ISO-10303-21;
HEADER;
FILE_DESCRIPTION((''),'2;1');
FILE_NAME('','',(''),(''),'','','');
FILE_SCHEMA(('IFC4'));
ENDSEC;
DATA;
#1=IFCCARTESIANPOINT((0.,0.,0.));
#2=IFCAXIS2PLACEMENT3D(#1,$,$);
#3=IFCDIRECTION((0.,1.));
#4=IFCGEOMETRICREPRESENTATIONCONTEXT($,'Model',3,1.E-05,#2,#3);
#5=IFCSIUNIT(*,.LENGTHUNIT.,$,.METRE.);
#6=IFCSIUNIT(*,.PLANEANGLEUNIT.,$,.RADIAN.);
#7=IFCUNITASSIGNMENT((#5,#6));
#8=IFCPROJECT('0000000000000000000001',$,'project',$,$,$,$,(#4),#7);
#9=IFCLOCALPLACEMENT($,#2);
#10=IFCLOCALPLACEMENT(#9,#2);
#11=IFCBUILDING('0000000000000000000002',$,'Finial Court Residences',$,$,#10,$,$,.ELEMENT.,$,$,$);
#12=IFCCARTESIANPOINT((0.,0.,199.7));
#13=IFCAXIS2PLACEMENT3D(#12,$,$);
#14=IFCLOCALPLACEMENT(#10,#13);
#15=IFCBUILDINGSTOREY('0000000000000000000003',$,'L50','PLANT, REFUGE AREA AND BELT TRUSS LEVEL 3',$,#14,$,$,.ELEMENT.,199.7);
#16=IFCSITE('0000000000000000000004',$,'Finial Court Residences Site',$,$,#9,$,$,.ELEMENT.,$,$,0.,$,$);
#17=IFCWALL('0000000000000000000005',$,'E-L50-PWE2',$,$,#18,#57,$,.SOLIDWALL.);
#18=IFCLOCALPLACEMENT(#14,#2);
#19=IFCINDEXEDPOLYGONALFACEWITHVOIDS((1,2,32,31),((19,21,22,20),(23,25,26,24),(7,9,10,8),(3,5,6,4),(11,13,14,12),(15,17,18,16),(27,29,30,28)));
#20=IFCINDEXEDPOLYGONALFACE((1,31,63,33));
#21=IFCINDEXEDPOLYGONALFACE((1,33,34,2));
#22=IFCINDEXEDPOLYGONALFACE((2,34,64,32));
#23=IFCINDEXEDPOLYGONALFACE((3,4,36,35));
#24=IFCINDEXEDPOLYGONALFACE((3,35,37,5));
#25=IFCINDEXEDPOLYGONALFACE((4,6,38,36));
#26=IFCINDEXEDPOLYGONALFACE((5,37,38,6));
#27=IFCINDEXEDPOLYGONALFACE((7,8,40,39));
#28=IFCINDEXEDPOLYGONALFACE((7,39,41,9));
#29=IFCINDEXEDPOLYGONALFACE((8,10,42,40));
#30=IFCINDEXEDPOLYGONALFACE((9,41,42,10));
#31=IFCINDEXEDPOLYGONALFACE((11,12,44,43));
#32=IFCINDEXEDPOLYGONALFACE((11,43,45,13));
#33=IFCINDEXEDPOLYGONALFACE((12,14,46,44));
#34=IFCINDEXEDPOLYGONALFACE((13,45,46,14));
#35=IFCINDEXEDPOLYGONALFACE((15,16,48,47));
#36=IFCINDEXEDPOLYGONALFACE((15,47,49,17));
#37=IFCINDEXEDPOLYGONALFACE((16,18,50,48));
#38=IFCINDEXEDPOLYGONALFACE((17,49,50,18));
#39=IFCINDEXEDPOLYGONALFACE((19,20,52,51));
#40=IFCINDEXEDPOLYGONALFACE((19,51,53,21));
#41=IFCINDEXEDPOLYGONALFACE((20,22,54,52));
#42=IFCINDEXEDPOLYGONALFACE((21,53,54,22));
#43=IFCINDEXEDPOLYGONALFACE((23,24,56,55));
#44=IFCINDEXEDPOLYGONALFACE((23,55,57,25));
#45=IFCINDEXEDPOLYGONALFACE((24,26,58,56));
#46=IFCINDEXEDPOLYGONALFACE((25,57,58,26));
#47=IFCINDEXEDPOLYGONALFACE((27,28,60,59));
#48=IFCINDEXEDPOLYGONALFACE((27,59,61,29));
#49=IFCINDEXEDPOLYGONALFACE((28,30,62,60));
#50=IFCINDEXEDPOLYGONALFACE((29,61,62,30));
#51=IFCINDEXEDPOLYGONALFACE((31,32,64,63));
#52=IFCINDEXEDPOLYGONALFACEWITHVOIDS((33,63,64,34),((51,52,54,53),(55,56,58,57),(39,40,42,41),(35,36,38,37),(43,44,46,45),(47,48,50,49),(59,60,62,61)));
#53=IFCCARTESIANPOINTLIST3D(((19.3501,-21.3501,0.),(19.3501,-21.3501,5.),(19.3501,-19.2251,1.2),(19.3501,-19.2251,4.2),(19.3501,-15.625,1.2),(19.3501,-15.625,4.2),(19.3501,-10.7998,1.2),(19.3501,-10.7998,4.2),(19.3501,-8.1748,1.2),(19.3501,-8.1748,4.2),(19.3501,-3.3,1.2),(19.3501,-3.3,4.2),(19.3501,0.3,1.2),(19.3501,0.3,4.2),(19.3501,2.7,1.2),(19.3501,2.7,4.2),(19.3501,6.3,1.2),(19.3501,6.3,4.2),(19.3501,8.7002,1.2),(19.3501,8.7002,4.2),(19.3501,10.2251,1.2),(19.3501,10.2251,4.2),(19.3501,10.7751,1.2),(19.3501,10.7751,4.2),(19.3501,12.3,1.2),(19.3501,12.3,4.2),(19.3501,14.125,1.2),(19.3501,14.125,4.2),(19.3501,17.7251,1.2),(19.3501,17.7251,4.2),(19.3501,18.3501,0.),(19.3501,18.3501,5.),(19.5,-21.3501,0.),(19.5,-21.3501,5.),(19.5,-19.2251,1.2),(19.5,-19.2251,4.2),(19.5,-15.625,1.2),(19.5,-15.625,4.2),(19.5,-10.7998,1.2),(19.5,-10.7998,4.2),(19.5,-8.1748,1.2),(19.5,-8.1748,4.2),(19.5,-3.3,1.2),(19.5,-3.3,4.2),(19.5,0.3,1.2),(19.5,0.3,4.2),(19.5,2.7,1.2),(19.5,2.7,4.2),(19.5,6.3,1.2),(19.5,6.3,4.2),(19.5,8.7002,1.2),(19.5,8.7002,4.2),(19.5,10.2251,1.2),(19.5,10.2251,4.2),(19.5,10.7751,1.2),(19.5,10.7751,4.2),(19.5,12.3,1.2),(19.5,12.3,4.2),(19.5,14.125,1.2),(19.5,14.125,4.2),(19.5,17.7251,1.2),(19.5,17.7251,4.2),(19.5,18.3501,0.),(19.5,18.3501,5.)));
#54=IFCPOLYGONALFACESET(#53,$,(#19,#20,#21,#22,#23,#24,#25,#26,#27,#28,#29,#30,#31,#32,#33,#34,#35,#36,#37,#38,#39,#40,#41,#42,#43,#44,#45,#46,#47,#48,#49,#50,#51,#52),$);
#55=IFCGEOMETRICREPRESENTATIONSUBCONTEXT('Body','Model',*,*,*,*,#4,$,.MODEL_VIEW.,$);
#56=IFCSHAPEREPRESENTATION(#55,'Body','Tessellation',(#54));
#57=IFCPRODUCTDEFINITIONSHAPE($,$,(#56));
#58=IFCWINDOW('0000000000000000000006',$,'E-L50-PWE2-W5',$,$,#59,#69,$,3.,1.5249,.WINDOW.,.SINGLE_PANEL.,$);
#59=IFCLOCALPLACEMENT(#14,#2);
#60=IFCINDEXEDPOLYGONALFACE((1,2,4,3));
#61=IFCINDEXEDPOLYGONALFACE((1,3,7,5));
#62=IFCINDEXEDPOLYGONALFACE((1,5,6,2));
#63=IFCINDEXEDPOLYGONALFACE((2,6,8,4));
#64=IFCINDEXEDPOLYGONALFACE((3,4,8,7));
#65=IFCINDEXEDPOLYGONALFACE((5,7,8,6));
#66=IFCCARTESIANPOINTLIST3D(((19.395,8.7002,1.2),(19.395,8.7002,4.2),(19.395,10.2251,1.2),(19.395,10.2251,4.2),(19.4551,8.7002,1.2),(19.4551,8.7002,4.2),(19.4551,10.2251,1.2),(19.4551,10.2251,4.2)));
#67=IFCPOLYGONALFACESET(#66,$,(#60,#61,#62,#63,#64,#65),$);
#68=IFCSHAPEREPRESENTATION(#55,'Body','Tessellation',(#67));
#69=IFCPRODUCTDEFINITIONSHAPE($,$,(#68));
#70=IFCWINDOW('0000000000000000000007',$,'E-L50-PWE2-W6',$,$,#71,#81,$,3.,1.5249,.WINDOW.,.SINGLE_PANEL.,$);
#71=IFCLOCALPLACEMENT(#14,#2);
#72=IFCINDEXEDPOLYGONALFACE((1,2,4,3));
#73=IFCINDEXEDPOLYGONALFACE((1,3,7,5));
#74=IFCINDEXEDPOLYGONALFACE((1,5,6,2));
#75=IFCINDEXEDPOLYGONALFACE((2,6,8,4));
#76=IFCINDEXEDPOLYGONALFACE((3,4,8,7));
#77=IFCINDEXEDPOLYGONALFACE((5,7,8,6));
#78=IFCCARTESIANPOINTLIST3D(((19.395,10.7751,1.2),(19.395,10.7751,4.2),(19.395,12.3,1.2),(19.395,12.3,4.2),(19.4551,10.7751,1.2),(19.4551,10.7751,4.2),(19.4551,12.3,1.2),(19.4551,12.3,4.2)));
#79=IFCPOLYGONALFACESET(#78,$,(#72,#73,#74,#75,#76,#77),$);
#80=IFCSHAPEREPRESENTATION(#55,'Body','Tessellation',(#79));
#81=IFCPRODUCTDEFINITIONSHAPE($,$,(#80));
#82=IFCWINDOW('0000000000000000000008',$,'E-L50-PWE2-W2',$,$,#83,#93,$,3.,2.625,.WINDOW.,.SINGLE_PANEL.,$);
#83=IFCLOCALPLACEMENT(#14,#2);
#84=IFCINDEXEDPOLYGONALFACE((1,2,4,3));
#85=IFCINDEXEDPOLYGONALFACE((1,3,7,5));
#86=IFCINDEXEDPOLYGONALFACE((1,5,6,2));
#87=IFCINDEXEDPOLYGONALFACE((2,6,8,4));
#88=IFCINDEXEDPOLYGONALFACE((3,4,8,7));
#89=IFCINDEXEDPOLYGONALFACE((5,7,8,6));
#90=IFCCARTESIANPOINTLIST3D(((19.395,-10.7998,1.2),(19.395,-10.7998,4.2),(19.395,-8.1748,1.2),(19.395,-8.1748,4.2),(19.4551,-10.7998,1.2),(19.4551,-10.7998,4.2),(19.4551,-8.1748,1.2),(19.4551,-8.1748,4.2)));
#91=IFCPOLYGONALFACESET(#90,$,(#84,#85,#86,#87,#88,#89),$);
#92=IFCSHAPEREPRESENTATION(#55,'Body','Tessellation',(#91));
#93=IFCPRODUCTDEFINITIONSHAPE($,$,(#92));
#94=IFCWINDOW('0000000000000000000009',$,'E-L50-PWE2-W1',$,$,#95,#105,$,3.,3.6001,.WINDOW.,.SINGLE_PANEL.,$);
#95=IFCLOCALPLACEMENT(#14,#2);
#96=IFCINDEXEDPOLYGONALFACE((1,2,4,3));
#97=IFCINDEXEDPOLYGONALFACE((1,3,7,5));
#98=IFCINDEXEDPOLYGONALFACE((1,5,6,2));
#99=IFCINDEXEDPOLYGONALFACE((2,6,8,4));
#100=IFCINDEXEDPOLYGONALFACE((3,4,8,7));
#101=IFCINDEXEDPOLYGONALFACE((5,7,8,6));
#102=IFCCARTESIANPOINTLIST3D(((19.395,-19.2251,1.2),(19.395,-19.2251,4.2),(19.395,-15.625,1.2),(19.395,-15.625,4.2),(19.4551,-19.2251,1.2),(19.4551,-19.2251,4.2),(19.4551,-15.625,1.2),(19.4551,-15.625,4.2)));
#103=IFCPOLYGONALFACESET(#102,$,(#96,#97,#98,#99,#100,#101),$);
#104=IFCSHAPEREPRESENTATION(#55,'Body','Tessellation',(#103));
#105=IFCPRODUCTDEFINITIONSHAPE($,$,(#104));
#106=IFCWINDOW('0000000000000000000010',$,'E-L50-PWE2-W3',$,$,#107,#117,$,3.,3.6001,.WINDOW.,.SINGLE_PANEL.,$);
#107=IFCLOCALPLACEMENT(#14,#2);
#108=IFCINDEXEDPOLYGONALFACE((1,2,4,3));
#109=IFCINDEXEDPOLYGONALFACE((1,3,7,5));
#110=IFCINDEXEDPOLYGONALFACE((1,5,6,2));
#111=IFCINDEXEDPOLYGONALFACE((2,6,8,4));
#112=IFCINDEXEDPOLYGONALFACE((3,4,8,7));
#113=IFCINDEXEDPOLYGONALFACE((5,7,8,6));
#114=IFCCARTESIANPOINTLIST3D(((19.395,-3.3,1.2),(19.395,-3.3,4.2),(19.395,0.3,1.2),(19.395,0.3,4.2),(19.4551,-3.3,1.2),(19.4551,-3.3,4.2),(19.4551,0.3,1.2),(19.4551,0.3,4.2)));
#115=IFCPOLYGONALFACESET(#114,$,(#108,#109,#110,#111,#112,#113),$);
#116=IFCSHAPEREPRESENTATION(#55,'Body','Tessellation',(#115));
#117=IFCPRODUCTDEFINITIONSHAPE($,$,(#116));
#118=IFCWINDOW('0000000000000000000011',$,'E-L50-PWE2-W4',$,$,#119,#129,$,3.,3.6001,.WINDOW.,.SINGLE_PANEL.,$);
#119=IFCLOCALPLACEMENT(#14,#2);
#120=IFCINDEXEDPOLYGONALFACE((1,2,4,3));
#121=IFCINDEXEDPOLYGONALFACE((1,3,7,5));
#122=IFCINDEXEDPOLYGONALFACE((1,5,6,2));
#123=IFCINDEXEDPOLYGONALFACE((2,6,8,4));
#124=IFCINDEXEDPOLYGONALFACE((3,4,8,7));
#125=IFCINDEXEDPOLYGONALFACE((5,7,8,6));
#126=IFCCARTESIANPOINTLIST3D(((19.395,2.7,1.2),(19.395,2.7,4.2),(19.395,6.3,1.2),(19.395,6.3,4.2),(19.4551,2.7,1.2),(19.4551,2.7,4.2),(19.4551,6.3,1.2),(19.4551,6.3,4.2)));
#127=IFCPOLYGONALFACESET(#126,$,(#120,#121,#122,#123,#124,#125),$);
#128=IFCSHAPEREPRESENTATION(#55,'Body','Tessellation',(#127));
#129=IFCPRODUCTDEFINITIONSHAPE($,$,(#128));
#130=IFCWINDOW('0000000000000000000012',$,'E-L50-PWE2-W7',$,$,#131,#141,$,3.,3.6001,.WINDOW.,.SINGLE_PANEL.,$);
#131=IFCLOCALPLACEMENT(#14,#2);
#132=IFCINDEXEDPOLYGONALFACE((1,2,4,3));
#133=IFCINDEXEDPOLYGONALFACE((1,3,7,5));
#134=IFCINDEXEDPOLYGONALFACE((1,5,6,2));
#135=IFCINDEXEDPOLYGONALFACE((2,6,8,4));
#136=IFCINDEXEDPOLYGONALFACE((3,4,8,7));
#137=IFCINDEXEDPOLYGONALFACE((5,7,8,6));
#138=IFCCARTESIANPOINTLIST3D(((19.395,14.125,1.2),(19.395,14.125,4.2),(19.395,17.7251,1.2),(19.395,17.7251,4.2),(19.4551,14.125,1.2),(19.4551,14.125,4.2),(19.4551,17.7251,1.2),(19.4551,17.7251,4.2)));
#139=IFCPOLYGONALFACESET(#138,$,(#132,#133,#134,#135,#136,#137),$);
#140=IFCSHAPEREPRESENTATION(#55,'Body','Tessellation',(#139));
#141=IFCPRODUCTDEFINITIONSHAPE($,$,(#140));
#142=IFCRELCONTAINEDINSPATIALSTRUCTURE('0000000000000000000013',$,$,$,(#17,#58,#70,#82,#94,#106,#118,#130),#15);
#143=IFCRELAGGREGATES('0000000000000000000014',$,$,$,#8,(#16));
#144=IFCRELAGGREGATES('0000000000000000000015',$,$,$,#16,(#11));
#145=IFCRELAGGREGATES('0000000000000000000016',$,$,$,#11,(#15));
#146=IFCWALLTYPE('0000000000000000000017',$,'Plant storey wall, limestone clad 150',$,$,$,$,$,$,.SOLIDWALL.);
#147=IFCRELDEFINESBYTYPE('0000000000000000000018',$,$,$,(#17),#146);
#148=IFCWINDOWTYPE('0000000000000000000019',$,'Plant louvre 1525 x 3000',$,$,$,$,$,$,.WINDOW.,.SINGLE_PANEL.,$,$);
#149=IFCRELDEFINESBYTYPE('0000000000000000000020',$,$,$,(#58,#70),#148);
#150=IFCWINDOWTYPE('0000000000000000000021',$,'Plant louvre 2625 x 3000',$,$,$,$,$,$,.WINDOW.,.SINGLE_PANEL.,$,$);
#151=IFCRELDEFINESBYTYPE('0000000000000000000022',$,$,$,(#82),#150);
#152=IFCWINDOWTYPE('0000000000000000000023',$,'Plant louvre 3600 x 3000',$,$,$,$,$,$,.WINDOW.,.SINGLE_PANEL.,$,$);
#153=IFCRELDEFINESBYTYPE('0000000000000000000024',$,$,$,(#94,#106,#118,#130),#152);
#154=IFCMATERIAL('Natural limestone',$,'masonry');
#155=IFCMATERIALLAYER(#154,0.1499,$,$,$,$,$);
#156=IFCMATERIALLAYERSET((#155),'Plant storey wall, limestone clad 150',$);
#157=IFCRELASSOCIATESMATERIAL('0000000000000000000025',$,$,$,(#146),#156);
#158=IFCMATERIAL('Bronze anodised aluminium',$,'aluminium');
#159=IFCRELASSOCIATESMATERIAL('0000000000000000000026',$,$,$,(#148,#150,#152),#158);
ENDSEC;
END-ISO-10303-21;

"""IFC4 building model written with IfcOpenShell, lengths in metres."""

from ifc_helpers import new_model, si_unit, direction, frame, frame_2d, origin, place, context, subcontext, project, spatial, rectangle, extrude, material, layer, layer_set, type_object, element, fill, save


model = new_model("IFC4")

# Units and contexts
model_context = context("Model", 3, precision=1e-05, world=origin(), true_north=direction((0.0, 1.0)))
body_context = subcontext(model_context, "Body", "Model", "MODEL_VIEW")
ifc_project = project(units=[si_unit("LENGTHUNIT", "METRE"), si_unit("PLANEANGLEUNIT", "RADIAN")], contexts=[model_context])

# Site, building, storey
site_placement = place(None, origin())
site = spatial("IfcSite", under=ifc_project, at=site_placement, Name="Finial Court Residences Site", CompositionType="ELEMENT", RefElevation=0.0)
building_placement = place(site_placement, origin())
building = spatial("IfcBuilding", under=site, at=building_placement, Name="Finial Court Residences", CompositionType="ELEMENT")
storey_placement = place(building_placement, frame((0.0, 0.0, 199.7)))
storey = spatial("IfcBuildingStorey", under=building, at=storey_placement, Name="L50", Description="PLANT, REFUGE AREA AND BELT TRUSS LEVEL 3", CompositionType="ELEMENT", Elevation=199.7)

# Wall, openings, windows
ifc_material_1 = material(Name="Natural limestone", Category="masonry")
ifc_layer_1 = layer(ifc_material_1, 0.1499)
ifc_layer_set_1 = layer_set([ifc_layer_1], Name="Plant storey wall, limestone clad 150")
wall_type_1 = type_object("IfcWallType", Name="Plant storey wall, limestone clad 150", PredefinedType="SOLIDWALL", material=ifc_layer_set_1)
wall_1_placement = place(storey_placement, frame((19.425, 18.3501, 0.0), z_axis=(0.0, 0.0, 1.0), x_axis=(0.0, -1.0, 0.0)))
wall_1 = element("IfcWall", 1, at=wall_1_placement, inside=storey, type_object=wall_type_1, Name="E-L50-PWE2", PredefinedType="SOLIDWALL", context=body_context, shape_type="SweptSolid", body=[
    extrude(rectangle(XDim=39.7002, YDim=0.1499, at=frame_2d((19.8501, 0.0))), origin(), (0.0, 0.0, 1.0), 5.0),
])
opening_1_placement = place(wall_1_placement, frame((33.9751, 0.0, 1.2)))
opening_1 = element("IfcOpeningElement", 2, at=opening_1_placement, cuts=wall_1, PredefinedType="OPENING", context=body_context, shape_type="SweptSolid", body=[
    extrude(rectangle(XDim=3.6001, YDim=3.0, at=frame_2d((1.8, 1.5))), frame((0.0, 0.085, 0.0), z_axis=(0.0, -1.0, 0.0), x_axis=(1.0, 0.0, 0.0)), (0.0, 0.0, 1.0), 0.1699),
])
opening_2_placement = place(wall_1_placement, frame((26.5249, 0.0, 1.2)))
opening_2 = element("IfcOpeningElement", 3, at=opening_2_placement, cuts=wall_1, PredefinedType="OPENING", context=body_context, shape_type="SweptSolid", body=[
    extrude(rectangle(XDim=2.625, YDim=3.0, at=frame_2d((1.3125, 1.5))), frame((0.0, 0.085, 0.0), z_axis=(0.0, -1.0, 0.0), x_axis=(1.0, 0.0, 0.0)), (0.0, 0.0, 1.0), 0.1699),
])
opening_3_placement = place(wall_1_placement, frame((18.05, 0.0, 1.2)))
opening_3 = element("IfcOpeningElement", 4, at=opening_3_placement, cuts=wall_1, PredefinedType="OPENING", context=body_context, shape_type="SweptSolid", body=[
    extrude(rectangle(XDim=3.6001, YDim=3.0, at=frame_2d((1.8, 1.5))), frame((0.0, 0.085, 0.0), z_axis=(0.0, -1.0, 0.0), x_axis=(1.0, 0.0, 0.0)), (0.0, 0.0, 1.0), 0.1699),
])
opening_4_placement = place(wall_1_placement, frame((12.05, 0.0, 1.2)))
opening_4 = element("IfcOpeningElement", 5, at=opening_4_placement, cuts=wall_1, PredefinedType="OPENING", context=body_context, shape_type="SweptSolid", body=[
    extrude(rectangle(XDim=3.6001, YDim=3.0, at=frame_2d((1.8, 1.5))), frame((0.0, 0.085, 0.0), z_axis=(0.0, -1.0, 0.0), x_axis=(1.0, 0.0, 0.0)), (0.0, 0.0, 1.0), 0.1699),
])
opening_5_placement = place(wall_1_placement, frame((8.125, 0.0, 1.2)))
opening_5 = element("IfcOpeningElement", 6, at=opening_5_placement, cuts=wall_1, PredefinedType="OPENING", context=body_context, shape_type="SweptSolid", body=[
    extrude(rectangle(XDim=1.5249, YDim=3.0, at=frame_2d((0.7625, 1.5))), frame((0.0, 0.085, 0.0), z_axis=(0.0, -1.0, 0.0), x_axis=(1.0, 0.0, 0.0)), (0.0, 0.0, 1.0), 0.1699),
])
opening_6_placement = place(wall_1_placement, frame((6.05, 0.0, 1.2)))
opening_6 = element("IfcOpeningElement", 7, at=opening_6_placement, cuts=wall_1, PredefinedType="OPENING", context=body_context, shape_type="SweptSolid", body=[
    extrude(rectangle(XDim=1.5249, YDim=3.0, at=frame_2d((0.7625, 1.5))), frame((0.0, 0.085, 0.0), z_axis=(0.0, -1.0, 0.0), x_axis=(1.0, 0.0, 0.0)), (0.0, 0.0, 1.0), 0.1699),
])
opening_7_placement = place(wall_1_placement, frame((0.625, 0.0, 1.2)))
opening_7 = element("IfcOpeningElement", 8, at=opening_7_placement, cuts=wall_1, PredefinedType="OPENING", context=body_context, shape_type="SweptSolid", body=[
    extrude(rectangle(XDim=3.6001, YDim=3.0, at=frame_2d((1.8, 1.5))), frame((0.0, 0.085, 0.0), z_axis=(0.0, -1.0, 0.0), x_axis=(1.0, 0.0, 0.0)), (0.0, 0.0, 1.0), 0.1699),
])
ifc_material_2 = material(Name="Bronze anodised aluminium", Category="aluminium")
window_type_1 = type_object("IfcWindowType", Name="Plant louvre 1525 x 3000", PartitioningType="SINGLE_PANEL", PredefinedType="WINDOW", material=ifc_material_2)
window_1_placement = place(opening_5_placement, origin())
window_1 = element("IfcWindow", 9, at=window_1_placement, inside=storey, type_object=window_type_1, Name="E-L50-PWE2-W5", OverallHeight=3.0, OverallWidth=1.5249, PartitioningType="SINGLE_PANEL", PredefinedType="WINDOW", context=body_context, shape_type="SweptSolid", body=[
    extrude(rectangle(XDim=1.5249, YDim=3.0, at=frame_2d((0.7625, 1.5))), frame((0.0, 0.03, 0.0), z_axis=(0.0, -1.0, 0.0), x_axis=(1.0, 0.0, 0.0)), (0.0, 0.0, 1.0), 0.0601),
])
fill(opening_5, window_1)
window_2_placement = place(opening_6_placement, origin())
window_2 = element("IfcWindow", 10, at=window_2_placement, inside=storey, type_object=window_type_1, Name="E-L50-PWE2-W6", OverallHeight=3.0, OverallWidth=1.5249, PartitioningType="SINGLE_PANEL", PredefinedType="WINDOW", context=body_context, shape_type="SweptSolid", body=[
    extrude(rectangle(XDim=1.5249, YDim=3.0, at=frame_2d((0.7625, 1.5))), frame((0.0, 0.03, 0.0), z_axis=(0.0, -1.0, 0.0), x_axis=(1.0, 0.0, 0.0)), (0.0, 0.0, 1.0), 0.0601),
])
fill(opening_6, window_2)
window_type_2 = type_object("IfcWindowType", Name="Plant louvre 2625 x 3000", PartitioningType="SINGLE_PANEL", PredefinedType="WINDOW", material=ifc_material_2)
window_3_placement = place(opening_2_placement, origin())
window_3 = element("IfcWindow", 11, at=window_3_placement, inside=storey, type_object=window_type_2, Name="E-L50-PWE2-W2", OverallHeight=3.0, OverallWidth=2.625, PartitioningType="SINGLE_PANEL", PredefinedType="WINDOW", context=body_context, shape_type="SweptSolid", body=[
    extrude(rectangle(XDim=2.625, YDim=3.0, at=frame_2d((1.3125, 1.5))), frame((0.0, 0.03, 0.0), z_axis=(0.0, -1.0, 0.0), x_axis=(1.0, 0.0, 0.0)), (0.0, 0.0, 1.0), 0.0601),
])
fill(opening_2, window_3)
window_type_3 = type_object("IfcWindowType", Name="Plant louvre 3600 x 3000", PartitioningType="SINGLE_PANEL", PredefinedType="WINDOW", material=ifc_material_2)
window_4_placement = place(opening_1_placement, origin())
window_4 = element("IfcWindow", 12, at=window_4_placement, inside=storey, type_object=window_type_3, Name="E-L50-PWE2-W1", OverallHeight=3.0, OverallWidth=3.6001, PartitioningType="SINGLE_PANEL", PredefinedType="WINDOW", context=body_context, shape_type="SweptSolid", body=[
    extrude(rectangle(XDim=3.6001, YDim=3.0, at=frame_2d((1.8, 1.5))), frame((0.0, 0.03, 0.0), z_axis=(0.0, -1.0, 0.0), x_axis=(1.0, 0.0, 0.0)), (0.0, 0.0, 1.0), 0.0601),
])
fill(opening_1, window_4)
window_5_placement = place(opening_3_placement, origin())
window_5 = element("IfcWindow", 13, at=window_5_placement, inside=storey, type_object=window_type_3, Name="E-L50-PWE2-W3", OverallHeight=3.0, OverallWidth=3.6001, PartitioningType="SINGLE_PANEL", PredefinedType="WINDOW", context=body_context, shape_type="SweptSolid", body=[
    extrude(rectangle(XDim=3.6001, YDim=3.0, at=frame_2d((1.8, 1.5))), frame((0.0, 0.03, 0.0), z_axis=(0.0, -1.0, 0.0), x_axis=(1.0, 0.0, 0.0)), (0.0, 0.0, 1.0), 0.0601),
])
fill(opening_3, window_5)
window_6_placement = place(opening_4_placement, origin())
window_6 = element("IfcWindow", 14, at=window_6_placement, inside=storey, type_object=window_type_3, Name="E-L50-PWE2-W4", OverallHeight=3.0, OverallWidth=3.6001, PartitioningType="SINGLE_PANEL", PredefinedType="WINDOW", context=body_context, shape_type="SweptSolid", body=[
    extrude(rectangle(XDim=3.6001, YDim=3.0, at=frame_2d((1.8, 1.5))), frame((0.0, 0.03, 0.0), z_axis=(0.0, -1.0, 0.0), x_axis=(1.0, 0.0, 0.0)), (0.0, 0.0, 1.0), 0.0601),
])
fill(opening_4, window_6)
window_7_placement = place(opening_7_placement, origin())
window_7 = element("IfcWindow", 15, at=window_7_placement, inside=storey, type_object=window_type_3, Name="E-L50-PWE2-W7", OverallHeight=3.0, OverallWidth=3.6001, PartitioningType="SINGLE_PANEL", PredefinedType="WINDOW", context=body_context, shape_type="SweptSolid", body=[
    extrude(rectangle(XDim=3.6001, YDim=3.0, at=frame_2d((1.8, 1.5))), frame((0.0, 0.03, 0.0), z_axis=(0.0, -1.0, 0.0), x_axis=(1.0, 0.0, 0.0)), (0.0, 0.0, 1.0), 0.0601),
])
fill(opening_7, window_7)

save(model, "model.ifc")
